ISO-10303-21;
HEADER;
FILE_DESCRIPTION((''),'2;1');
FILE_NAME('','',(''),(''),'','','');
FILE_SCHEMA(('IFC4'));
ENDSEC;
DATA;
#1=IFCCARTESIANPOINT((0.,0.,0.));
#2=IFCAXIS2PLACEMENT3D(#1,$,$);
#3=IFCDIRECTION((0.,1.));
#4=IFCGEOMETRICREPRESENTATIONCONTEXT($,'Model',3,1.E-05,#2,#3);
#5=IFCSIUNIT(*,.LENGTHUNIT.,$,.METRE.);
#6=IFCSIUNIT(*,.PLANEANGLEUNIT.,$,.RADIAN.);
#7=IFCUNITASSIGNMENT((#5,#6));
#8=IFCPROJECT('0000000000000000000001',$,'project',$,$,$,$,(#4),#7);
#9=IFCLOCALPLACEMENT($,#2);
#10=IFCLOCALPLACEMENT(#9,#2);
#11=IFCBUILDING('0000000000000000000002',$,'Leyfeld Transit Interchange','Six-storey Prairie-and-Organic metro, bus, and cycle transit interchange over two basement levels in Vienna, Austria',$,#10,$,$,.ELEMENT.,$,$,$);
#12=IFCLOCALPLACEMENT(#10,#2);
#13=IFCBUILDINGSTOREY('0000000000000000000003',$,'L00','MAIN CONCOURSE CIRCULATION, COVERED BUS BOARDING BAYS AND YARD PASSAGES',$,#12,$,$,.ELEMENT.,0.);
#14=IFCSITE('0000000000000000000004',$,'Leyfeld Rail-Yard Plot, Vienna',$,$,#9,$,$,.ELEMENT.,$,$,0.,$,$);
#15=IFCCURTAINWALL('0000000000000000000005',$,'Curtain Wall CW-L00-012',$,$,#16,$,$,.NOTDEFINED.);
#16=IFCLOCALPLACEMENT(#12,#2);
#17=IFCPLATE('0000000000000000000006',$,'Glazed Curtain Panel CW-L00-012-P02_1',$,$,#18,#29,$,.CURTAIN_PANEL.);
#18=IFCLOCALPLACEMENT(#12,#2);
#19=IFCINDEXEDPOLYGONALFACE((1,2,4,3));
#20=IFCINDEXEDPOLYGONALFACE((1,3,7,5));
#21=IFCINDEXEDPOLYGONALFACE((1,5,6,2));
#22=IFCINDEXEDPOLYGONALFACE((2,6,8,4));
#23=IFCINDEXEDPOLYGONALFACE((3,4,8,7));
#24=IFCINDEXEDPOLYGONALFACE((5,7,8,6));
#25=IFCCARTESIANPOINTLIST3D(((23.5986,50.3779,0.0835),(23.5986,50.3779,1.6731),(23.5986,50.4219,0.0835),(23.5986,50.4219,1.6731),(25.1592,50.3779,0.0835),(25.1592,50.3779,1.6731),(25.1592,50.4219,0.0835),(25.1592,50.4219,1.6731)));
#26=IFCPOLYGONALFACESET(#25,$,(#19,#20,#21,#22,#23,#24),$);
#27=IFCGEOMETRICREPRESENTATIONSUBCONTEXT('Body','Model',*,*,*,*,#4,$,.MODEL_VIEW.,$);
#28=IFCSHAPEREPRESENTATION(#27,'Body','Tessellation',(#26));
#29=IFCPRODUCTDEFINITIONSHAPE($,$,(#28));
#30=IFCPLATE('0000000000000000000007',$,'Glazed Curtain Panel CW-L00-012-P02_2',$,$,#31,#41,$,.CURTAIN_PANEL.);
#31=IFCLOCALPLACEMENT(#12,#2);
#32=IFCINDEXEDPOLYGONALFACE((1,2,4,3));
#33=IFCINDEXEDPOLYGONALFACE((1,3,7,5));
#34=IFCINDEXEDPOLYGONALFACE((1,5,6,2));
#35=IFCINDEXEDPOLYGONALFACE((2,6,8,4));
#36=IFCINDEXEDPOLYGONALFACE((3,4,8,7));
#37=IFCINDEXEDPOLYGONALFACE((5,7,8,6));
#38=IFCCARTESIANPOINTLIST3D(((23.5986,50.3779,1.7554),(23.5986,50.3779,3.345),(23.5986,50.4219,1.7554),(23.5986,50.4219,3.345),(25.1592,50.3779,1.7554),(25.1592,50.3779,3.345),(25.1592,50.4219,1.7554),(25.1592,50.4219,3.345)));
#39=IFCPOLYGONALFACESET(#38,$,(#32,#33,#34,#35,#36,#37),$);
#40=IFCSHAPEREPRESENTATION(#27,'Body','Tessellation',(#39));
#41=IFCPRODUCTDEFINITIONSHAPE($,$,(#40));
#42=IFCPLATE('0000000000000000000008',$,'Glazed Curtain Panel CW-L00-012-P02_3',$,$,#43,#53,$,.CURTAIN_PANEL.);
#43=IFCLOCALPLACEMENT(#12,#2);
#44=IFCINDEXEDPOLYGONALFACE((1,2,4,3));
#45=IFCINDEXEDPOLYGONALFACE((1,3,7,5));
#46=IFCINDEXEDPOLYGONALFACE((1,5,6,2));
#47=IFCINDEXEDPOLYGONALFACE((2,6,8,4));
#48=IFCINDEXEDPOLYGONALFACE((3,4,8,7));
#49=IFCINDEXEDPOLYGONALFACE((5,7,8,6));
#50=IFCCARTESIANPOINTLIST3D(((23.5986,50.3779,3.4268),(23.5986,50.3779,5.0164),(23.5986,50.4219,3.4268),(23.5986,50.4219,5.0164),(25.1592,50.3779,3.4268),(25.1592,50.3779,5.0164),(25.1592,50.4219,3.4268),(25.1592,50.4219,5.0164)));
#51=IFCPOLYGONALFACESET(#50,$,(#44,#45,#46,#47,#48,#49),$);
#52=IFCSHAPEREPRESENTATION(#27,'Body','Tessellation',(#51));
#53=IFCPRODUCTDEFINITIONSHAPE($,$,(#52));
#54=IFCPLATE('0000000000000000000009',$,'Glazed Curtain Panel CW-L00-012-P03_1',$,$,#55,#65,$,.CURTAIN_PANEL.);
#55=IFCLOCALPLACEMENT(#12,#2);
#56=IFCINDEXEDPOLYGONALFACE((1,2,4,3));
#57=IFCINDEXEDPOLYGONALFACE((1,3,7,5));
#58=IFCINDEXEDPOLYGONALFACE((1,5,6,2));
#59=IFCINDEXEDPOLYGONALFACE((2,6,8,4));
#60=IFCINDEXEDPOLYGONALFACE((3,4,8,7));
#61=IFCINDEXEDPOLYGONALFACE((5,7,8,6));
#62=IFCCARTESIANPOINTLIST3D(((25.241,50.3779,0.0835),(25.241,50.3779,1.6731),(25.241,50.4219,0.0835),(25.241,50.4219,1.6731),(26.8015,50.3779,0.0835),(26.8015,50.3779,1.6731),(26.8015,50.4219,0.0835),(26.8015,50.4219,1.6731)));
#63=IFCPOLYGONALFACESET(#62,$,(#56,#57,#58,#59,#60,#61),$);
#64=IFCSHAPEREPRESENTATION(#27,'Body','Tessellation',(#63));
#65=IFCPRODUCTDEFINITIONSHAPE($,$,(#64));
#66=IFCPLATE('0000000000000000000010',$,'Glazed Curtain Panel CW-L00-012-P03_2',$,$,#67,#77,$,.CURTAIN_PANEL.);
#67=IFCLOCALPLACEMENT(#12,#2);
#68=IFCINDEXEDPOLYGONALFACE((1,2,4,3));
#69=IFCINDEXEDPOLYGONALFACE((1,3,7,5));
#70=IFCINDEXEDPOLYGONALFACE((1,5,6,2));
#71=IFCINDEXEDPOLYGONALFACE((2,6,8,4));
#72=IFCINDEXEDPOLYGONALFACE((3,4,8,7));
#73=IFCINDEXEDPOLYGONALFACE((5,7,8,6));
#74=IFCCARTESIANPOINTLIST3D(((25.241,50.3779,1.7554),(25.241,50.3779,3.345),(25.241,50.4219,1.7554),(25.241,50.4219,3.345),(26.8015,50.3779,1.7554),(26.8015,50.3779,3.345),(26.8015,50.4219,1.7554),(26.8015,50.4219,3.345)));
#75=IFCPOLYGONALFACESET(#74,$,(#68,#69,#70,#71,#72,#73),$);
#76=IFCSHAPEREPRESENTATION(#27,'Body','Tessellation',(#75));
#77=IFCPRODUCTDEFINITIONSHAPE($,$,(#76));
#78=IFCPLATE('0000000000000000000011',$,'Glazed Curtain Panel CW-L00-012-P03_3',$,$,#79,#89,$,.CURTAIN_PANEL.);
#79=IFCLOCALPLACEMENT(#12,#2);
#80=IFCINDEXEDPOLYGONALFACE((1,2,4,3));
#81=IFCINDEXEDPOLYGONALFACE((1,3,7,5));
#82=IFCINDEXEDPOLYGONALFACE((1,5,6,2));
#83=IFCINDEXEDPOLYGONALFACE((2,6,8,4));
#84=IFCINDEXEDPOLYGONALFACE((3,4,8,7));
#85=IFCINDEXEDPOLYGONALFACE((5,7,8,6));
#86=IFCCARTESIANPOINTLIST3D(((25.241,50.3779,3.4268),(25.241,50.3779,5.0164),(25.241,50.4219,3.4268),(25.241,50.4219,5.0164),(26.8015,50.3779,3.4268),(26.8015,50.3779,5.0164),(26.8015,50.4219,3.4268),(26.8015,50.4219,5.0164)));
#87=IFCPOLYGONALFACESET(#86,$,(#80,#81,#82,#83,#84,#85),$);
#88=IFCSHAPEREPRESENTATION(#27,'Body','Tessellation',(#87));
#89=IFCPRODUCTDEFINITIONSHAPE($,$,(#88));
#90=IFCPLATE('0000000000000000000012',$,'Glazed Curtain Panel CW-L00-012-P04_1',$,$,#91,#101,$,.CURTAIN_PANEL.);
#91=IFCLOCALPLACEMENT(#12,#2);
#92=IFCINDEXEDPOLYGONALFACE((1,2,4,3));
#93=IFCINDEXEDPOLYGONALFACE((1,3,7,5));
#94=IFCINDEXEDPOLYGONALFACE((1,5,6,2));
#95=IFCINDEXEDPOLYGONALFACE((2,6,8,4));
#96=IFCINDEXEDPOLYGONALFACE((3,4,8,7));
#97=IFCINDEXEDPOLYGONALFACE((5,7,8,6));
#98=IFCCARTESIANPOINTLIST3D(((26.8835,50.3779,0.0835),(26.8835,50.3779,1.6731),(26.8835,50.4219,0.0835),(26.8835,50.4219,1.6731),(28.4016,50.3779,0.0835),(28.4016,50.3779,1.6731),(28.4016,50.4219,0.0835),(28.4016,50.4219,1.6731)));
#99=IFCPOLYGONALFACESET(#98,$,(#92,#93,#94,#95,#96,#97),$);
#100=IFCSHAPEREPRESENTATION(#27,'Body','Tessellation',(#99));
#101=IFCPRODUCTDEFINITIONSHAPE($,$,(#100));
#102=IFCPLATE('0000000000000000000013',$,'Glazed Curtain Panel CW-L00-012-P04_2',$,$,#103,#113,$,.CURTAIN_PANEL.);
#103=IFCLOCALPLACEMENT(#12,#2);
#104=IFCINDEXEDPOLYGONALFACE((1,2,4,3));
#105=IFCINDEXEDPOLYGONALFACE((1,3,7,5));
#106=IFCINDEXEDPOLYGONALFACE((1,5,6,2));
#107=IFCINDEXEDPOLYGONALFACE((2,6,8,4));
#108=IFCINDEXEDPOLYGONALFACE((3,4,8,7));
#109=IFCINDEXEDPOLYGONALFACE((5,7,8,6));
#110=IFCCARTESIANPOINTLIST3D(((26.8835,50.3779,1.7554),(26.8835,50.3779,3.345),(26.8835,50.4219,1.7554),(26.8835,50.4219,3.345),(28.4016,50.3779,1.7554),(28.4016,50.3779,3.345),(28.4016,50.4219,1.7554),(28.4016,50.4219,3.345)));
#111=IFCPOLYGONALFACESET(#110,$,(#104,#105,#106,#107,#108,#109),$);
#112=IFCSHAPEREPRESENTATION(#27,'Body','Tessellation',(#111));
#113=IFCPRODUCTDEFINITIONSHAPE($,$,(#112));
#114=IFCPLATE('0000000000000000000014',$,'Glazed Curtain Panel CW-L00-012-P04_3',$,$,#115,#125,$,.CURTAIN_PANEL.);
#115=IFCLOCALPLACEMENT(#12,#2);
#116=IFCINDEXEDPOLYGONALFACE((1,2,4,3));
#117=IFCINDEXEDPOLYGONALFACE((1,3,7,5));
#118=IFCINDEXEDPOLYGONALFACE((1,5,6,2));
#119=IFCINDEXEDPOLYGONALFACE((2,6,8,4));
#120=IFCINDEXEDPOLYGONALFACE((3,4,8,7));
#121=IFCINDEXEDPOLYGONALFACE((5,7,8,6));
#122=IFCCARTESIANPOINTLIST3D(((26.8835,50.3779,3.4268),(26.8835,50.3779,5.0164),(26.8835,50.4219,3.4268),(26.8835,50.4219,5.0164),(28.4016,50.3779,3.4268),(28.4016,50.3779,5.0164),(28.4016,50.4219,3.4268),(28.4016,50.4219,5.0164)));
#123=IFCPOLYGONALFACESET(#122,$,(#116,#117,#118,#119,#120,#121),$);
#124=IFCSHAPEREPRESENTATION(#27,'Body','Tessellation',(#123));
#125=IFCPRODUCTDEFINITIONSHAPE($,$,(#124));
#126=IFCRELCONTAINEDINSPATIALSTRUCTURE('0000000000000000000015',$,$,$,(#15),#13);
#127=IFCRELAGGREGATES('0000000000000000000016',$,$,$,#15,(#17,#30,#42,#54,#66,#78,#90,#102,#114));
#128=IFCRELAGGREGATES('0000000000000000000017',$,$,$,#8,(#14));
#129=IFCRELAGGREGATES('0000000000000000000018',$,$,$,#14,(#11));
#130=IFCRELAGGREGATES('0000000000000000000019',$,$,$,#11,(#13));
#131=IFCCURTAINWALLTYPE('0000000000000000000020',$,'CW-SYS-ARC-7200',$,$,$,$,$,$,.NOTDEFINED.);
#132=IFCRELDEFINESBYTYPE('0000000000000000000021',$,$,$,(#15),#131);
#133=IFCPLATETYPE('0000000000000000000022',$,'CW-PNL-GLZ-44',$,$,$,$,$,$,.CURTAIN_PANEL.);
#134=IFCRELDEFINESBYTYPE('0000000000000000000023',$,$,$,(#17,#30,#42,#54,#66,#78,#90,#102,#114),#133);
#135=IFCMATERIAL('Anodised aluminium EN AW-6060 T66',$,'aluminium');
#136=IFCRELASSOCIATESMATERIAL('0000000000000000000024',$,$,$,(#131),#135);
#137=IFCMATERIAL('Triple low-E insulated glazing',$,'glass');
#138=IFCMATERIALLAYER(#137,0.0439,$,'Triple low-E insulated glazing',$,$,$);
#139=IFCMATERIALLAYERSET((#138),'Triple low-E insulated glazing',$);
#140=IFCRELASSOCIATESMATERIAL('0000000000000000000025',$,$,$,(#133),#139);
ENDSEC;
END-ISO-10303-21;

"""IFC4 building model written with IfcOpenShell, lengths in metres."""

from ifc_helpers import new_model, si_unit, direction, frame, origin, origin_2d, place, context, subcontext, project, spatial, rectangle, extrude, material, layer, layer_set, type_object, element, aggregate, save


model = new_model("IFC4")

# Units and contexts
model_context = context("Model", 3, precision=1e-05, world=origin(), true_north=direction((0.0, 1.0)))
body_context = subcontext(model_context, "Body", "Model", "MODEL_VIEW")
ifc_project = project(units=[si_unit("LENGTHUNIT", "METRE"), si_unit("PLANEANGLEUNIT", "RADIAN")], contexts=[model_context])

# Site, building, storey
site_placement = place(None, origin())
site = spatial("IfcSite", under=ifc_project, at=site_placement, Name="Leyfeld Rail-Yard Plot, Vienna", CompositionType="ELEMENT", RefElevation=0.0)
building_placement = place(site_placement, origin())
building = spatial("IfcBuilding", under=site, at=building_placement, Name="Leyfeld Transit Interchange", Description="Six-storey Prairie-and-Organic metro, bus, and cycle transit interchange over two basement levels in Vienna, Austria", CompositionType="ELEMENT")
storey_placement = place(building_placement, origin())
storey = spatial("IfcBuildingStorey", under=building, at=storey_placement, Name="L00", Description="MAIN CONCOURSE CIRCULATION, COVERED BUS BOARDING BAYS AND YARD PASSAGES", CompositionType="ELEMENT", Elevation=0.0)

# Shared definitions
ifc_material_1 = material(Name="Anodised aluminium EN AW-6060 T66", Category="aluminium")
curtain_wall_type = type_object("IfcCurtainWallType", Name="CW-SYS-ARC-7200", PredefinedType="NOTDEFINED", material=ifc_material_1)

# Curtain wall, plates
curtain_wall_1_placement = place(storey_placement, origin())
curtain_wall_1 = element("IfcCurtainWall", 1, at=curtain_wall_1_placement, inside=storey, type_object=curtain_wall_type, Name="Curtain Wall CW-L00-012", PredefinedType="NOTDEFINED")
ifc_material_2 = material(Name="Triple low-E insulated glazing", Category="glass")
ifc_layer = layer(ifc_material_2, 0.0439, Name="Triple low-E insulated glazing")
ifc_layer_set = layer_set([ifc_layer], Name="Triple low-E insulated glazing")
plate_type = type_object("IfcPlateType", Name="CW-PNL-GLZ-44", PredefinedType="CURTAIN_PANEL", material=ifc_layer_set)
plate_1_placement = place(storey_placement, frame((24.3789, 50.3999, 0.0835), z_axis=(0.0, 0.0, 1.0), x_axis=(1.0, 0.0, 0.0)))
plate_1 = element("IfcPlate", 2, at=plate_1_placement, type_object=plate_type, Name="Glazed Curtain Panel CW-L00-012-P02_1", PredefinedType="CURTAIN_PANEL", context=body_context, shape_type="SweptSolid", body=[
    extrude(rectangle(XDim=1.5605, YDim=0.0439, at=origin_2d()), origin(), (0.0, 0.0, 1.0), 1.5896),
])
plate_2_placement = place(storey_placement, frame((24.3789, 50.3999, 1.7554), z_axis=(0.0, 0.0, 1.0), x_axis=(1.0, 0.0, 0.0)))
plate_2 = element("IfcPlate", 3, at=plate_2_placement, type_object=plate_type, Name="Glazed Curtain Panel CW-L00-012-P02_2", PredefinedType="CURTAIN_PANEL", context=body_context, shape_type="SweptSolid", body=[
    extrude(rectangle(XDim=1.5605, YDim=0.0439, at=origin_2d()), origin(), (0.0, 0.0, 1.0), 1.5896),
])
plate_3_placement = place(storey_placement, frame((24.3789, 50.3999, 3.4268), z_axis=(0.0, 0.0, 1.0), x_axis=(1.0, 0.0, 0.0)))
plate_3 = element("IfcPlate", 4, at=plate_3_placement, type_object=plate_type, Name="Glazed Curtain Panel CW-L00-012-P02_3", PredefinedType="CURTAIN_PANEL", context=body_context, shape_type="SweptSolid", body=[
    extrude(rectangle(XDim=1.5605, YDim=0.0439, at=origin_2d()), origin(), (0.0, 0.0, 1.0), 1.5896),
])
plate_4_placement = place(storey_placement, frame((26.0212, 50.3999, 0.0835), z_axis=(0.0, 0.0, 1.0), x_axis=(1.0, 0.0, 0.0)))
plate_4 = element("IfcPlate", 5, at=plate_4_placement, type_object=plate_type, Name="Glazed Curtain Panel CW-L00-012-P03_1", PredefinedType="CURTAIN_PANEL", context=body_context, shape_type="SweptSolid", body=[
    extrude(rectangle(XDim=1.5605, YDim=0.0439, at=origin_2d()), origin(), (0.0, 0.0, 1.0), 1.5896),
])
plate_5_placement = place(storey_placement, frame((26.0212, 50.3999, 1.7554), z_axis=(0.0, 0.0, 1.0), x_axis=(1.0, 0.0, 0.0)))
plate_5 = element("IfcPlate", 6, at=plate_5_placement, type_object=plate_type, Name="Glazed Curtain Panel CW-L00-012-P03_2", PredefinedType="CURTAIN_PANEL", context=body_context, shape_type="SweptSolid", body=[
    extrude(rectangle(XDim=1.5605, YDim=0.0439, at=origin_2d()), origin(), (0.0, 0.0, 1.0), 1.5896),
])
plate_6_placement = place(storey_placement, frame((26.0212, 50.3999, 3.4268), z_axis=(0.0, 0.0, 1.0), x_axis=(1.0, 0.0, 0.0)))
plate_6 = element("IfcPlate", 7, at=plate_6_placement, type_object=plate_type, Name="Glazed Curtain Panel CW-L00-012-P03_3", PredefinedType="CURTAIN_PANEL", context=body_context, shape_type="SweptSolid", body=[
    extrude(rectangle(XDim=1.5605, YDim=0.0439, at=origin_2d()), origin(), (0.0, 0.0, 1.0), 1.5896),
])
plate_7_placement = place(storey_placement, frame((27.6426, 50.3999, 0.0835), z_axis=(0.0, 0.0, 1.0), x_axis=(1.0, 0.0, 0.0)))
plate_7 = element("IfcPlate", 8, at=plate_7_placement, type_object=plate_type, Name="Glazed Curtain Panel CW-L00-012-P04_1", PredefinedType="CURTAIN_PANEL", context=body_context, shape_type="SweptSolid", body=[
    extrude(rectangle(XDim=1.5181, YDim=0.0439, at=origin_2d()), origin(), (0.0, 0.0, 1.0), 1.5896),
])
plate_8_placement = place(storey_placement, frame((27.6426, 50.3999, 1.7554), z_axis=(0.0, 0.0, 1.0), x_axis=(1.0, 0.0, 0.0)))
plate_8 = element("IfcPlate", 9, at=plate_8_placement, type_object=plate_type, Name="Glazed Curtain Panel CW-L00-012-P04_2", PredefinedType="CURTAIN_PANEL", context=body_context, shape_type="SweptSolid", body=[
    extrude(rectangle(XDim=1.5181, YDim=0.0439, at=origin_2d()), origin(), (0.0, 0.0, 1.0), 1.5896),
])
plate_9_placement = place(storey_placement, frame((27.6426, 50.3999, 3.4268), z_axis=(0.0, 0.0, 1.0), x_axis=(1.0, 0.0, 0.0)))
plate_9 = element("IfcPlate", 10, at=plate_9_placement, type_object=plate_type, Name="Glazed Curtain Panel CW-L00-012-P04_3", PredefinedType="CURTAIN_PANEL", context=body_context, shape_type="SweptSolid", body=[
    extrude(rectangle(XDim=1.5181, YDim=0.0439, at=origin_2d()), origin(), (0.0, 0.0, 1.0), 1.5896),
])
aggregate(curtain_wall_1, [plate_1, plate_2, plate_3, plate_4, plate_5, plate_6, plate_7, plate_8, plate_9])

save(model, "model.ifc")
